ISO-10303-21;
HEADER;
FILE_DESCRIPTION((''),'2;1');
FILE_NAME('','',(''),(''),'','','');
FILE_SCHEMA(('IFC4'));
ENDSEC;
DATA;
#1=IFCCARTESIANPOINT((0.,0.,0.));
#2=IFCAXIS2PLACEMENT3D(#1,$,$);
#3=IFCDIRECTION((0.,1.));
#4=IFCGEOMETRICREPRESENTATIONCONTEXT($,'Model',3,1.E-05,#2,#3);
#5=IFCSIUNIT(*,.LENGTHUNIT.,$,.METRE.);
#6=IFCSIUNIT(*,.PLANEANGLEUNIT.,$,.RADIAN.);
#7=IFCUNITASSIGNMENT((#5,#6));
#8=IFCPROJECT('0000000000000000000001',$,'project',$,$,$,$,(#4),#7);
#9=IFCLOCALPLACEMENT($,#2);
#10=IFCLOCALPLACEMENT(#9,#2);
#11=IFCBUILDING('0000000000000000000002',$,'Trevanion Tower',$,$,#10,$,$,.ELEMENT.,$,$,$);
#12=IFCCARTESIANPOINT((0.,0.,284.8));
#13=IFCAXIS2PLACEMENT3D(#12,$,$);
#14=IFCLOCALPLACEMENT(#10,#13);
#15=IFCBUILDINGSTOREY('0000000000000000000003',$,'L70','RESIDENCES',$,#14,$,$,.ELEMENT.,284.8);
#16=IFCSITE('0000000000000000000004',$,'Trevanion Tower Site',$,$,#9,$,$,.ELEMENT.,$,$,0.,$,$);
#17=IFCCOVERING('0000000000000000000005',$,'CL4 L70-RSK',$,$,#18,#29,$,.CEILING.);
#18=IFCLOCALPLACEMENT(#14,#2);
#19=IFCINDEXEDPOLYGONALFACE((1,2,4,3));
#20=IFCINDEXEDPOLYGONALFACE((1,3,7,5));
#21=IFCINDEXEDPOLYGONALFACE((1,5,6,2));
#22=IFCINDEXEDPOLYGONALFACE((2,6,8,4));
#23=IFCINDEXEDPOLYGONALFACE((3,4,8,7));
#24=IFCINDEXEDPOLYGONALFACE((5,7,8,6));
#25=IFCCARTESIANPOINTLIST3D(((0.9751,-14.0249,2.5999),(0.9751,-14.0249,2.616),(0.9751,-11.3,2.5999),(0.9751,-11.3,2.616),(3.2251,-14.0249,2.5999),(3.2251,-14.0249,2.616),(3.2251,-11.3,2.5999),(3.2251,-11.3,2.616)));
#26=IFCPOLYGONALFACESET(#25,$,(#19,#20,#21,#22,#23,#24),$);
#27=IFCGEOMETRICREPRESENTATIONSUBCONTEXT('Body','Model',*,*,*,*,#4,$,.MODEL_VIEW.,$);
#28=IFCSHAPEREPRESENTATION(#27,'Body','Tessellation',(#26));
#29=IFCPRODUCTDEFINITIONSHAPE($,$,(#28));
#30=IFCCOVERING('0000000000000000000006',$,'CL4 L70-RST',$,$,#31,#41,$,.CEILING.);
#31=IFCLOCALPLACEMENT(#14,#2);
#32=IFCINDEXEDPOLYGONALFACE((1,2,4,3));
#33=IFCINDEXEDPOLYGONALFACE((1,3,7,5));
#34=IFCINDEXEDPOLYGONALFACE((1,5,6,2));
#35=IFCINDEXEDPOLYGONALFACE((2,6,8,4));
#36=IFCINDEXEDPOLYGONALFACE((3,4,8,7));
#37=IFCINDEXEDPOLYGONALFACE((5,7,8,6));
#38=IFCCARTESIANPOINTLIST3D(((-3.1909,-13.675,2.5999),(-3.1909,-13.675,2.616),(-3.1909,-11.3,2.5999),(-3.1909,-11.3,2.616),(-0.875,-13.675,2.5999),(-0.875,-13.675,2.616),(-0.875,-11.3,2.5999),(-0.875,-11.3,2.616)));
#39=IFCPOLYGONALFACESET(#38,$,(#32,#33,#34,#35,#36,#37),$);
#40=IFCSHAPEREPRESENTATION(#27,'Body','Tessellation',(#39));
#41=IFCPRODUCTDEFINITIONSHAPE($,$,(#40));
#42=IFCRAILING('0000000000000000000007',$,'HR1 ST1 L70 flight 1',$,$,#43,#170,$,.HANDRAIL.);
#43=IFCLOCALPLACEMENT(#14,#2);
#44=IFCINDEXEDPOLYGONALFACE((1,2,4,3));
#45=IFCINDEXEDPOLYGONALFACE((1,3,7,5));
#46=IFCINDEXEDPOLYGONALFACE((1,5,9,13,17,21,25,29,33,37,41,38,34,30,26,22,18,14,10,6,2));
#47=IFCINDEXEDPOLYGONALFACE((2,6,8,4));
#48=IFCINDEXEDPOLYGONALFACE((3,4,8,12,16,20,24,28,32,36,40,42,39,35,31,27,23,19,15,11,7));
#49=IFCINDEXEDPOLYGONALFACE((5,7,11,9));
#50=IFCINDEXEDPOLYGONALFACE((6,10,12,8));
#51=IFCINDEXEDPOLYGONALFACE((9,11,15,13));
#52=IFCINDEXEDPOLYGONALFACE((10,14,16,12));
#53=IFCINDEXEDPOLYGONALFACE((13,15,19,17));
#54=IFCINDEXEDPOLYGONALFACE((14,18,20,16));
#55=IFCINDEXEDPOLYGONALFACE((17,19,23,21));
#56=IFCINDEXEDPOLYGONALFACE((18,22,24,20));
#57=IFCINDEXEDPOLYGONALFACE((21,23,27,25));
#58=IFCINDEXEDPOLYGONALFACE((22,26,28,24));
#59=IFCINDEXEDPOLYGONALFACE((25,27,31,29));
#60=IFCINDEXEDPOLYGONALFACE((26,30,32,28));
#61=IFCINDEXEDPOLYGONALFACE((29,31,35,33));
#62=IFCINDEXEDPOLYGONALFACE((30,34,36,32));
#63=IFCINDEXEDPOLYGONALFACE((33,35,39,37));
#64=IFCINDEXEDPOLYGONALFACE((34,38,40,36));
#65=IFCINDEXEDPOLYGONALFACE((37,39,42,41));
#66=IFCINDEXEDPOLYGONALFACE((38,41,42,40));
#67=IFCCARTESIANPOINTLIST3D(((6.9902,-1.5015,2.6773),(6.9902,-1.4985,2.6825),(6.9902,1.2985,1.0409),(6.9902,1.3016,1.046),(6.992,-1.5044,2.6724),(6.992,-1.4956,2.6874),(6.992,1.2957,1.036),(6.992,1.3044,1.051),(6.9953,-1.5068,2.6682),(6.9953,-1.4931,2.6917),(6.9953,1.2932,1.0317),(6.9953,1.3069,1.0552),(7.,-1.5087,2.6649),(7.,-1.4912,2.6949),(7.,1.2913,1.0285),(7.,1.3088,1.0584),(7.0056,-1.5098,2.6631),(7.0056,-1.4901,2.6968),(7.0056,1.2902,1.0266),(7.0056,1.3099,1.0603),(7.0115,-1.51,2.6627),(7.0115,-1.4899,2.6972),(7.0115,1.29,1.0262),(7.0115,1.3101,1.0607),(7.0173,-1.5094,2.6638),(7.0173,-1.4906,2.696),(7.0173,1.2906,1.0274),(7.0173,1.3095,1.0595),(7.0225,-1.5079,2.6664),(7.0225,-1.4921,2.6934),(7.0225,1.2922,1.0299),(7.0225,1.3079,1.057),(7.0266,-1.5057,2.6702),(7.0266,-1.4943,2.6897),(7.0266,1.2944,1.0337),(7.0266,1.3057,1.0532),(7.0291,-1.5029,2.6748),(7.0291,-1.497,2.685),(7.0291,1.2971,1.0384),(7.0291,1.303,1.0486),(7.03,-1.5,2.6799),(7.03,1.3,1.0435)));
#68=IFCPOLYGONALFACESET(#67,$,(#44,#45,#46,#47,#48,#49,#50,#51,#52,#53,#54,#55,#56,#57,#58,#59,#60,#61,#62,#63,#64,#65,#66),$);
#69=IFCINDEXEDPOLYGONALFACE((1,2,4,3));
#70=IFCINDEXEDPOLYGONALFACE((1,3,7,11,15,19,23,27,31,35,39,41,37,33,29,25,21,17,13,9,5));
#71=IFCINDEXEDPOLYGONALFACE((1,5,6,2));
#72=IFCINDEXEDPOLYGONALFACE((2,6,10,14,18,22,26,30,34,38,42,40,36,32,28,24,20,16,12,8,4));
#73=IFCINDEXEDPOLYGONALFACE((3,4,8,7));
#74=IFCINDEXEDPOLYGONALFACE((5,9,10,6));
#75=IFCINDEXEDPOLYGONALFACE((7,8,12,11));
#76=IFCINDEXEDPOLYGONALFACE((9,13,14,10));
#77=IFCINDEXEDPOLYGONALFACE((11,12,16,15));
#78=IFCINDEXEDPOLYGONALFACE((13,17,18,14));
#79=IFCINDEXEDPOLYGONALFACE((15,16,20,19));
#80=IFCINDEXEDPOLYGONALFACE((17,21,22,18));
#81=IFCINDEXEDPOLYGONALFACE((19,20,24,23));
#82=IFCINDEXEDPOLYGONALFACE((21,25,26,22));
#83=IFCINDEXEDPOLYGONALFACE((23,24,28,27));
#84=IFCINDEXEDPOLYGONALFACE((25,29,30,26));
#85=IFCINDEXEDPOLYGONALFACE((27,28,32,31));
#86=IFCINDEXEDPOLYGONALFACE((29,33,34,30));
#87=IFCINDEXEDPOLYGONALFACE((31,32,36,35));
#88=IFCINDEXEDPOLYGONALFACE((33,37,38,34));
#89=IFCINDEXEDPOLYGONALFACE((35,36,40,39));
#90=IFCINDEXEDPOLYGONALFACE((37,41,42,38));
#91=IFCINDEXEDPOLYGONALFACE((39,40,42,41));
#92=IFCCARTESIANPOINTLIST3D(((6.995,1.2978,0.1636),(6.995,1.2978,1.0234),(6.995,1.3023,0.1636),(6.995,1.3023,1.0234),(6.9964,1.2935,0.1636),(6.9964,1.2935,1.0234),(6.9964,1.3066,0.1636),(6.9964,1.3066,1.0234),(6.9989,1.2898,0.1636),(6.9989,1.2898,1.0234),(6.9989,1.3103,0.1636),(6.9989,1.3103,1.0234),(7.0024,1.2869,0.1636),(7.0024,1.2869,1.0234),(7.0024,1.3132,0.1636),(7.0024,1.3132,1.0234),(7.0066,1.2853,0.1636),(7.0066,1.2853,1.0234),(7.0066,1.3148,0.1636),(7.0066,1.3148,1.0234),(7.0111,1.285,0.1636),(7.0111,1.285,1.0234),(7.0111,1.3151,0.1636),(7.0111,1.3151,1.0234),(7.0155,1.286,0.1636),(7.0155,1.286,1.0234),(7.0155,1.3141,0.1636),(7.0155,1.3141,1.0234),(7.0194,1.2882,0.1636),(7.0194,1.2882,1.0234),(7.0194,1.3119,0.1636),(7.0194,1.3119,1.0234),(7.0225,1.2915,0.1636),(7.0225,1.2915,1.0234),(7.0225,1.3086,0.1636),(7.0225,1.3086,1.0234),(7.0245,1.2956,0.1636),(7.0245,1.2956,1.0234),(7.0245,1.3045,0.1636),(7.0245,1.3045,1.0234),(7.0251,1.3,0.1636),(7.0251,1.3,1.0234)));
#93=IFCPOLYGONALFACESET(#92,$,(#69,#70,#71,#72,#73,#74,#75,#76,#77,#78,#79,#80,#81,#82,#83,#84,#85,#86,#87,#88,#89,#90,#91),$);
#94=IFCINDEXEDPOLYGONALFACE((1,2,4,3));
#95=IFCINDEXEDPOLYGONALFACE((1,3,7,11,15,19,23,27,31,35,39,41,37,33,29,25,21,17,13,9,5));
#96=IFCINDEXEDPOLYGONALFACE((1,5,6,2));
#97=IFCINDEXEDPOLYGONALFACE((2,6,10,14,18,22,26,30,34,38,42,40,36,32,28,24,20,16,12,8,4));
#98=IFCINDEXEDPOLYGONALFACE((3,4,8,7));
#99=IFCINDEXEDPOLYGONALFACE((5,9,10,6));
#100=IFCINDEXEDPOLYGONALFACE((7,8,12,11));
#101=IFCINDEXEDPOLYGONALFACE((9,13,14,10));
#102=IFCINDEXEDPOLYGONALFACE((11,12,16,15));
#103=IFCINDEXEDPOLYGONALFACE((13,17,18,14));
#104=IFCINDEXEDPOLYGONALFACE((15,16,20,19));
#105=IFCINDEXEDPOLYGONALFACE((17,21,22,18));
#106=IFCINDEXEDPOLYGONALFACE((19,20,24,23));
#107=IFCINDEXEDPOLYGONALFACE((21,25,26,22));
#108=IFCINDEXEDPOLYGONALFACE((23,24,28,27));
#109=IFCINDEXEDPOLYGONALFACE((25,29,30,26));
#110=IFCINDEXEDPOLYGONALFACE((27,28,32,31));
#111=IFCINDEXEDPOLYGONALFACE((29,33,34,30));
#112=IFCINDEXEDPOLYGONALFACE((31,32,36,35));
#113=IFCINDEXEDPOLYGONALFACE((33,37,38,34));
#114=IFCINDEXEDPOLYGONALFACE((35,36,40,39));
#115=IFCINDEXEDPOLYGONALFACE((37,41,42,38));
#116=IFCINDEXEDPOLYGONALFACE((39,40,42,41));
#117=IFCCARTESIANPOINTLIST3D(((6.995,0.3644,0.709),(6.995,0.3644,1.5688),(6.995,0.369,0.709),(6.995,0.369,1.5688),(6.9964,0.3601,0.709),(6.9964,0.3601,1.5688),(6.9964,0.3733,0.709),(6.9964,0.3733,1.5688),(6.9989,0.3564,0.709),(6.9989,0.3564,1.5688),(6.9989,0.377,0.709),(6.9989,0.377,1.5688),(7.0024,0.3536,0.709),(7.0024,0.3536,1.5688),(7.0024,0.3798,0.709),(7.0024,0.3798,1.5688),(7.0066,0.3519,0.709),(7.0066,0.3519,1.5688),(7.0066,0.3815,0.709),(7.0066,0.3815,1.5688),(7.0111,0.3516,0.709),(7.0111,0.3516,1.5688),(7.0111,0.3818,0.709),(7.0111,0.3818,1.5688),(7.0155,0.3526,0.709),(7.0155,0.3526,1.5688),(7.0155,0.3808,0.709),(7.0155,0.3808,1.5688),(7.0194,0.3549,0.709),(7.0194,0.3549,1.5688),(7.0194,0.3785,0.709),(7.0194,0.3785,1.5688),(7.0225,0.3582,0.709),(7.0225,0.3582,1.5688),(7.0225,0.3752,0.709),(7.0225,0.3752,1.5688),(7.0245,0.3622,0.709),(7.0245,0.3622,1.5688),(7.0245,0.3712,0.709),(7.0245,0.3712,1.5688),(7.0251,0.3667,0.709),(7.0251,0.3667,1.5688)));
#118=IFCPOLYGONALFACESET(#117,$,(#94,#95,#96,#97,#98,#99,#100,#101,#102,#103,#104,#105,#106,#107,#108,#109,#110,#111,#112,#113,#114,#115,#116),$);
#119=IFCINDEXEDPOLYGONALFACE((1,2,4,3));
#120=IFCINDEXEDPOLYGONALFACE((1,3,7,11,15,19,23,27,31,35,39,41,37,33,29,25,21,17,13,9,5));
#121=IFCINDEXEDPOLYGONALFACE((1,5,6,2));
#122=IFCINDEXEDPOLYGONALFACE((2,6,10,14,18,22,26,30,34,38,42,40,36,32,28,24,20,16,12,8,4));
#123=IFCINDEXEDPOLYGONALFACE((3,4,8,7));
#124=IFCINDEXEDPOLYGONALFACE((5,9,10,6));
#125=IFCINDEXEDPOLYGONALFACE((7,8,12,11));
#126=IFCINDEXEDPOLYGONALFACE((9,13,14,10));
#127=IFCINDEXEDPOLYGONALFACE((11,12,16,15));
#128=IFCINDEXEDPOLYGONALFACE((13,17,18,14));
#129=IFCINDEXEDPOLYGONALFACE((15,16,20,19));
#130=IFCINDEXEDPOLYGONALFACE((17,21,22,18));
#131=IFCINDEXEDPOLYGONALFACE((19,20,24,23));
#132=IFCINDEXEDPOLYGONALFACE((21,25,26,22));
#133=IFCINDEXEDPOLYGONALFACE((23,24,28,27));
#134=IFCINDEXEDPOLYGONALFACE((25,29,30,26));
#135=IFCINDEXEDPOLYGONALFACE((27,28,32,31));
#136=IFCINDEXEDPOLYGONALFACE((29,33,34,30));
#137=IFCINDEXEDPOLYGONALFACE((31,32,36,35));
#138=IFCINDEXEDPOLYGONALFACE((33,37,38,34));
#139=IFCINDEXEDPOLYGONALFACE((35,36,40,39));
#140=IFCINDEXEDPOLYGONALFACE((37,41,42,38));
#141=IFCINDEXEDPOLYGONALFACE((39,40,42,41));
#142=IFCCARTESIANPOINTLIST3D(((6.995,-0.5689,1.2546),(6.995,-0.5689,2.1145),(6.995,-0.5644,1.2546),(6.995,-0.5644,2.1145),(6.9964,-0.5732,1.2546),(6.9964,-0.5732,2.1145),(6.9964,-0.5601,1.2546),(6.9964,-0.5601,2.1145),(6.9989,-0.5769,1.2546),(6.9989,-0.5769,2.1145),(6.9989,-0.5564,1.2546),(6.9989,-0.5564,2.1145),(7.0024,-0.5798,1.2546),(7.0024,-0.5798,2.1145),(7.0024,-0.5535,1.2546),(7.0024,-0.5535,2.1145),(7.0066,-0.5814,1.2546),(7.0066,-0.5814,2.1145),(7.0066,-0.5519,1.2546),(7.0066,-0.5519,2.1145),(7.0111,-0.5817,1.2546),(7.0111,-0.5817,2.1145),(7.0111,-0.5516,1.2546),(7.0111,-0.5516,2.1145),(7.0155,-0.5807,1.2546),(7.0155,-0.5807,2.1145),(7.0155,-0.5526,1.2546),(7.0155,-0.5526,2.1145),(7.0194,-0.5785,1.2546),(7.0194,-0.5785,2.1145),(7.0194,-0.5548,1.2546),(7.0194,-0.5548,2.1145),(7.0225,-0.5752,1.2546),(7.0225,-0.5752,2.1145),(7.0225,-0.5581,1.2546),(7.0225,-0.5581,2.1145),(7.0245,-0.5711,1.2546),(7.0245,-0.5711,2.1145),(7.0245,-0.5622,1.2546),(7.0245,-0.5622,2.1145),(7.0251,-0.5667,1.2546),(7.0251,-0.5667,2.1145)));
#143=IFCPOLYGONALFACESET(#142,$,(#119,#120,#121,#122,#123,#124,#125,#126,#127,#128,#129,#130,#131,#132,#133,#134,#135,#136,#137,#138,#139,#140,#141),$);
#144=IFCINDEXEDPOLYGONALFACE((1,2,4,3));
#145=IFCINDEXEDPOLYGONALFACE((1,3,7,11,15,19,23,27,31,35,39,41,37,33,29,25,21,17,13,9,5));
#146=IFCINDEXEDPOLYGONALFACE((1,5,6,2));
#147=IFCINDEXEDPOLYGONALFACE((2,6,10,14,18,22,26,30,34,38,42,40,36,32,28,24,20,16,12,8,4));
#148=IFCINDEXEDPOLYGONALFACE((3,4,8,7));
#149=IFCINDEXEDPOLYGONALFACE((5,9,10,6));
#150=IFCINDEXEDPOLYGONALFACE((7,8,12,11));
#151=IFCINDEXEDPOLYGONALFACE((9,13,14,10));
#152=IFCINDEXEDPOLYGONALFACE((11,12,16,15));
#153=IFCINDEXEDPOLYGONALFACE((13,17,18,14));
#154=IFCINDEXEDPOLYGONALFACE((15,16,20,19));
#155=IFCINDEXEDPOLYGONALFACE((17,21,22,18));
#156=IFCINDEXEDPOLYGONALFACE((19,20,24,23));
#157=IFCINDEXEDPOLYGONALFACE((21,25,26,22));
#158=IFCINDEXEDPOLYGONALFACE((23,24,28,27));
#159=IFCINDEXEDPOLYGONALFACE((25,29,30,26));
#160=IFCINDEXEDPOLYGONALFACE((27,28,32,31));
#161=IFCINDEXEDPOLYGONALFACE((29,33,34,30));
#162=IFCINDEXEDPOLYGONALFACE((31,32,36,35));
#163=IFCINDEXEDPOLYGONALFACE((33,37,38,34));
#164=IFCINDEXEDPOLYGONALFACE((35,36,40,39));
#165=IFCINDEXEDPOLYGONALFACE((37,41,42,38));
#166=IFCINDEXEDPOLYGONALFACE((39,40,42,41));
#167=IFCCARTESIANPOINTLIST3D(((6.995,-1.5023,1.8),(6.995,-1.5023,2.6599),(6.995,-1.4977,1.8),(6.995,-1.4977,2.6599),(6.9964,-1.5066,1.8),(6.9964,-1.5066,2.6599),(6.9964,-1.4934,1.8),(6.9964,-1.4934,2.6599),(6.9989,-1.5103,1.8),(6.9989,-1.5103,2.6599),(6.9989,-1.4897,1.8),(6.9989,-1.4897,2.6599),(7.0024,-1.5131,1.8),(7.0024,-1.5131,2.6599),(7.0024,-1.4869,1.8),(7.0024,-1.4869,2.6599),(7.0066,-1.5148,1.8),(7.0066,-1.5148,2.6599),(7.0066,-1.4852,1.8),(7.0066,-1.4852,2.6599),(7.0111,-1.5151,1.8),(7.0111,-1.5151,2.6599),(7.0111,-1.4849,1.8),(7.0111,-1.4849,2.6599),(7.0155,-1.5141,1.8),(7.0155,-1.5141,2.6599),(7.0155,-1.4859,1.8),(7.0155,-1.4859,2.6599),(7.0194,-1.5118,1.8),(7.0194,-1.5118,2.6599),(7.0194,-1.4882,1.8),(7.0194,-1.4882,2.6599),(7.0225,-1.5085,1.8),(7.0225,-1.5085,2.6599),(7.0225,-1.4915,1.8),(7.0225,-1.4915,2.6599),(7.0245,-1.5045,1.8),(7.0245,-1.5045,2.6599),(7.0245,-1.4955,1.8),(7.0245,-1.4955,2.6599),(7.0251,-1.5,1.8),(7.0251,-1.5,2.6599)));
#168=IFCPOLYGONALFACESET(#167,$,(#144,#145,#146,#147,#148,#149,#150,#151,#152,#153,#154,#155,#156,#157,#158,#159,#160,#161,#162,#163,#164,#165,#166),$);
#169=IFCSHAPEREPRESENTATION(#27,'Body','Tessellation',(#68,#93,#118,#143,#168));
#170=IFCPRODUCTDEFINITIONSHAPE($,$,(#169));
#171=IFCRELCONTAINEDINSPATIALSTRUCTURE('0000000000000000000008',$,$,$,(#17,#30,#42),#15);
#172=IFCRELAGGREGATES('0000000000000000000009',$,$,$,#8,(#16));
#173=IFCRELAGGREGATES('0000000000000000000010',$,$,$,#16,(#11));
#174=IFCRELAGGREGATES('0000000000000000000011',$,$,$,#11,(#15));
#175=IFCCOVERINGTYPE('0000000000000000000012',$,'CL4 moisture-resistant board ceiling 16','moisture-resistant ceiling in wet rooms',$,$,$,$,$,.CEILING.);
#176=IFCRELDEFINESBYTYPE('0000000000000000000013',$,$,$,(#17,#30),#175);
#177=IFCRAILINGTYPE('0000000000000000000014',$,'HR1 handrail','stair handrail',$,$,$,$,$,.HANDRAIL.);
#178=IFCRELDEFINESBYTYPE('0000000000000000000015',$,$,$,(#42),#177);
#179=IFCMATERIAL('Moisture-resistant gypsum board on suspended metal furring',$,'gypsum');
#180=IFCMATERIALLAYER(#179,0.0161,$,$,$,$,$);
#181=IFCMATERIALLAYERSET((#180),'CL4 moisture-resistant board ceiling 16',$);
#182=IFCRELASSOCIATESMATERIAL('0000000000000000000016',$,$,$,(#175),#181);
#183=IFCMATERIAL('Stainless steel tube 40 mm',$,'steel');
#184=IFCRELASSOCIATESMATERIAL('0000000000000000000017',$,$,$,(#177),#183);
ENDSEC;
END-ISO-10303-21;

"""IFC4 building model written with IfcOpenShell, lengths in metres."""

from ifc_helpers import new_model, si_unit, direction, frame, origin, origin_2d, place, context, subcontext, project, spatial, polyline, circle, outline, extrude, material, layer, layer_set, type_object, element, save


model = new_model("IFC4")

# Units and contexts
model_context = context("Model", 3, precision=1e-05, world=origin(), true_north=direction((0.0, 1.0)))
body_context = subcontext(model_context, "Body", "Model", "MODEL_VIEW")
ifc_project = project(units=[si_unit("LENGTHUNIT", "METRE"), si_unit("PLANEANGLEUNIT", "RADIAN")], contexts=[model_context])

# Site, building, storey
site_placement = place(None, origin())
site = spatial("IfcSite", under=ifc_project, at=site_placement, Name="Trevanion Tower Site", CompositionType="ELEMENT", RefElevation=0.0)
building_placement = place(site_placement, origin())
building = spatial("IfcBuilding", under=site, at=building_placement, Name="Trevanion Tower", CompositionType="ELEMENT")
storey_placement = place(building_placement, frame((0.0, 0.0, 284.8)))
storey = spatial("IfcBuildingStorey", under=building, at=storey_placement, Name="L70", Description="RESIDENCES", CompositionType="ELEMENT", Elevation=284.8)

# Coverings
ifc_material_1 = material(Name="Moisture-resistant gypsum board on suspended metal furring", Category="gypsum")
ifc_layer_1 = layer(ifc_material_1, 0.0161)
ifc_layer_set_1 = layer_set([ifc_layer_1], Name="CL4 moisture-resistant board ceiling 16")
covering_type_1 = type_object("IfcCoveringType", Name="CL4 moisture-resistant board ceiling 16", Description="moisture-resistant ceiling in wet rooms", PredefinedType="CEILING", material=ifc_layer_set_1)
covering_1_placement = place(storey_placement, frame((0.0, 0.0, 2.5999)))
element("IfcCovering", 1, at=covering_1_placement, inside=storey, type_object=covering_type_1, Name="CL4 L70-RSK", PredefinedType="CEILING", context=body_context, shape_type="SweptSolid", body=[
    extrude(outline(polyline([(0.9751, -14.0249), (3.2251, -14.0249), (3.2251, -11.3), (0.9751, -11.3), (0.9751, -14.0249)])), origin(), (0.0, 0.0, 1.0), 0.0161),
])
covering_2_placement = place(storey_placement, frame((0.0, 0.0, 2.5999)))
element("IfcCovering", 2, at=covering_2_placement, inside=storey, type_object=covering_type_1, Name="CL4 L70-RST", PredefinedType="CEILING", context=body_context, shape_type="SweptSolid", body=[
    extrude(outline(polyline([(-3.1909, -13.675), (-0.875, -13.675), (-0.875, -11.3), (-3.1909, -11.3), (-3.1909, -13.675)])), origin(), (0.0, 0.0, 1.0), 0.0161),
])

# Railing
ifc_material_2 = material(Name="Stainless steel tube 40 mm", Category="steel")
railing_type = type_object("IfcRailingType", Name="HR1 handrail", Description="stair handrail", PredefinedType="HANDRAIL", material=ifc_material_2)
for number, where, name in (
    (3, (7.01, 1.3, 0.1636), "HR1 ST1 L70 flight 1"),
):
    element("IfcRailing", number, at=place(storey_placement, frame(where)), inside=storey, type_object=railing_type, Name=name, PredefinedType="HANDRAIL", context=body_context, shape_type="SweptSolid", body=[
        extrude(circle(Radius=0.02, at=origin_2d()), frame((0.0, 0.0, 0.8799), z_axis=(0.0, -0.863361, 0.504587), x_axis=(1.0, 0.0, 0.0)), (0.0, 0.0, 1.0), 3.2432),
        extrude(circle(Radius=0.0151, at=origin_2d()), origin(), (0.0, 0.0, 1.0), 0.8599),
        extrude(circle(Radius=0.0151, at=origin_2d()), frame((0.0, -0.9333, 0.5454)), (0.0, 0.0, 1.0), 0.8599),
        extrude(circle(Radius=0.0151, at=origin_2d()), frame((0.0, -1.8667, 1.0911)), (0.0, 0.0, 1.0), 0.8599),
        extrude(circle(Radius=0.0151, at=origin_2d()), frame((0.0, -2.8, 1.6365)), (0.0, 0.0, 1.0), 0.8599),
    ])

save(model, "model.ifc")
